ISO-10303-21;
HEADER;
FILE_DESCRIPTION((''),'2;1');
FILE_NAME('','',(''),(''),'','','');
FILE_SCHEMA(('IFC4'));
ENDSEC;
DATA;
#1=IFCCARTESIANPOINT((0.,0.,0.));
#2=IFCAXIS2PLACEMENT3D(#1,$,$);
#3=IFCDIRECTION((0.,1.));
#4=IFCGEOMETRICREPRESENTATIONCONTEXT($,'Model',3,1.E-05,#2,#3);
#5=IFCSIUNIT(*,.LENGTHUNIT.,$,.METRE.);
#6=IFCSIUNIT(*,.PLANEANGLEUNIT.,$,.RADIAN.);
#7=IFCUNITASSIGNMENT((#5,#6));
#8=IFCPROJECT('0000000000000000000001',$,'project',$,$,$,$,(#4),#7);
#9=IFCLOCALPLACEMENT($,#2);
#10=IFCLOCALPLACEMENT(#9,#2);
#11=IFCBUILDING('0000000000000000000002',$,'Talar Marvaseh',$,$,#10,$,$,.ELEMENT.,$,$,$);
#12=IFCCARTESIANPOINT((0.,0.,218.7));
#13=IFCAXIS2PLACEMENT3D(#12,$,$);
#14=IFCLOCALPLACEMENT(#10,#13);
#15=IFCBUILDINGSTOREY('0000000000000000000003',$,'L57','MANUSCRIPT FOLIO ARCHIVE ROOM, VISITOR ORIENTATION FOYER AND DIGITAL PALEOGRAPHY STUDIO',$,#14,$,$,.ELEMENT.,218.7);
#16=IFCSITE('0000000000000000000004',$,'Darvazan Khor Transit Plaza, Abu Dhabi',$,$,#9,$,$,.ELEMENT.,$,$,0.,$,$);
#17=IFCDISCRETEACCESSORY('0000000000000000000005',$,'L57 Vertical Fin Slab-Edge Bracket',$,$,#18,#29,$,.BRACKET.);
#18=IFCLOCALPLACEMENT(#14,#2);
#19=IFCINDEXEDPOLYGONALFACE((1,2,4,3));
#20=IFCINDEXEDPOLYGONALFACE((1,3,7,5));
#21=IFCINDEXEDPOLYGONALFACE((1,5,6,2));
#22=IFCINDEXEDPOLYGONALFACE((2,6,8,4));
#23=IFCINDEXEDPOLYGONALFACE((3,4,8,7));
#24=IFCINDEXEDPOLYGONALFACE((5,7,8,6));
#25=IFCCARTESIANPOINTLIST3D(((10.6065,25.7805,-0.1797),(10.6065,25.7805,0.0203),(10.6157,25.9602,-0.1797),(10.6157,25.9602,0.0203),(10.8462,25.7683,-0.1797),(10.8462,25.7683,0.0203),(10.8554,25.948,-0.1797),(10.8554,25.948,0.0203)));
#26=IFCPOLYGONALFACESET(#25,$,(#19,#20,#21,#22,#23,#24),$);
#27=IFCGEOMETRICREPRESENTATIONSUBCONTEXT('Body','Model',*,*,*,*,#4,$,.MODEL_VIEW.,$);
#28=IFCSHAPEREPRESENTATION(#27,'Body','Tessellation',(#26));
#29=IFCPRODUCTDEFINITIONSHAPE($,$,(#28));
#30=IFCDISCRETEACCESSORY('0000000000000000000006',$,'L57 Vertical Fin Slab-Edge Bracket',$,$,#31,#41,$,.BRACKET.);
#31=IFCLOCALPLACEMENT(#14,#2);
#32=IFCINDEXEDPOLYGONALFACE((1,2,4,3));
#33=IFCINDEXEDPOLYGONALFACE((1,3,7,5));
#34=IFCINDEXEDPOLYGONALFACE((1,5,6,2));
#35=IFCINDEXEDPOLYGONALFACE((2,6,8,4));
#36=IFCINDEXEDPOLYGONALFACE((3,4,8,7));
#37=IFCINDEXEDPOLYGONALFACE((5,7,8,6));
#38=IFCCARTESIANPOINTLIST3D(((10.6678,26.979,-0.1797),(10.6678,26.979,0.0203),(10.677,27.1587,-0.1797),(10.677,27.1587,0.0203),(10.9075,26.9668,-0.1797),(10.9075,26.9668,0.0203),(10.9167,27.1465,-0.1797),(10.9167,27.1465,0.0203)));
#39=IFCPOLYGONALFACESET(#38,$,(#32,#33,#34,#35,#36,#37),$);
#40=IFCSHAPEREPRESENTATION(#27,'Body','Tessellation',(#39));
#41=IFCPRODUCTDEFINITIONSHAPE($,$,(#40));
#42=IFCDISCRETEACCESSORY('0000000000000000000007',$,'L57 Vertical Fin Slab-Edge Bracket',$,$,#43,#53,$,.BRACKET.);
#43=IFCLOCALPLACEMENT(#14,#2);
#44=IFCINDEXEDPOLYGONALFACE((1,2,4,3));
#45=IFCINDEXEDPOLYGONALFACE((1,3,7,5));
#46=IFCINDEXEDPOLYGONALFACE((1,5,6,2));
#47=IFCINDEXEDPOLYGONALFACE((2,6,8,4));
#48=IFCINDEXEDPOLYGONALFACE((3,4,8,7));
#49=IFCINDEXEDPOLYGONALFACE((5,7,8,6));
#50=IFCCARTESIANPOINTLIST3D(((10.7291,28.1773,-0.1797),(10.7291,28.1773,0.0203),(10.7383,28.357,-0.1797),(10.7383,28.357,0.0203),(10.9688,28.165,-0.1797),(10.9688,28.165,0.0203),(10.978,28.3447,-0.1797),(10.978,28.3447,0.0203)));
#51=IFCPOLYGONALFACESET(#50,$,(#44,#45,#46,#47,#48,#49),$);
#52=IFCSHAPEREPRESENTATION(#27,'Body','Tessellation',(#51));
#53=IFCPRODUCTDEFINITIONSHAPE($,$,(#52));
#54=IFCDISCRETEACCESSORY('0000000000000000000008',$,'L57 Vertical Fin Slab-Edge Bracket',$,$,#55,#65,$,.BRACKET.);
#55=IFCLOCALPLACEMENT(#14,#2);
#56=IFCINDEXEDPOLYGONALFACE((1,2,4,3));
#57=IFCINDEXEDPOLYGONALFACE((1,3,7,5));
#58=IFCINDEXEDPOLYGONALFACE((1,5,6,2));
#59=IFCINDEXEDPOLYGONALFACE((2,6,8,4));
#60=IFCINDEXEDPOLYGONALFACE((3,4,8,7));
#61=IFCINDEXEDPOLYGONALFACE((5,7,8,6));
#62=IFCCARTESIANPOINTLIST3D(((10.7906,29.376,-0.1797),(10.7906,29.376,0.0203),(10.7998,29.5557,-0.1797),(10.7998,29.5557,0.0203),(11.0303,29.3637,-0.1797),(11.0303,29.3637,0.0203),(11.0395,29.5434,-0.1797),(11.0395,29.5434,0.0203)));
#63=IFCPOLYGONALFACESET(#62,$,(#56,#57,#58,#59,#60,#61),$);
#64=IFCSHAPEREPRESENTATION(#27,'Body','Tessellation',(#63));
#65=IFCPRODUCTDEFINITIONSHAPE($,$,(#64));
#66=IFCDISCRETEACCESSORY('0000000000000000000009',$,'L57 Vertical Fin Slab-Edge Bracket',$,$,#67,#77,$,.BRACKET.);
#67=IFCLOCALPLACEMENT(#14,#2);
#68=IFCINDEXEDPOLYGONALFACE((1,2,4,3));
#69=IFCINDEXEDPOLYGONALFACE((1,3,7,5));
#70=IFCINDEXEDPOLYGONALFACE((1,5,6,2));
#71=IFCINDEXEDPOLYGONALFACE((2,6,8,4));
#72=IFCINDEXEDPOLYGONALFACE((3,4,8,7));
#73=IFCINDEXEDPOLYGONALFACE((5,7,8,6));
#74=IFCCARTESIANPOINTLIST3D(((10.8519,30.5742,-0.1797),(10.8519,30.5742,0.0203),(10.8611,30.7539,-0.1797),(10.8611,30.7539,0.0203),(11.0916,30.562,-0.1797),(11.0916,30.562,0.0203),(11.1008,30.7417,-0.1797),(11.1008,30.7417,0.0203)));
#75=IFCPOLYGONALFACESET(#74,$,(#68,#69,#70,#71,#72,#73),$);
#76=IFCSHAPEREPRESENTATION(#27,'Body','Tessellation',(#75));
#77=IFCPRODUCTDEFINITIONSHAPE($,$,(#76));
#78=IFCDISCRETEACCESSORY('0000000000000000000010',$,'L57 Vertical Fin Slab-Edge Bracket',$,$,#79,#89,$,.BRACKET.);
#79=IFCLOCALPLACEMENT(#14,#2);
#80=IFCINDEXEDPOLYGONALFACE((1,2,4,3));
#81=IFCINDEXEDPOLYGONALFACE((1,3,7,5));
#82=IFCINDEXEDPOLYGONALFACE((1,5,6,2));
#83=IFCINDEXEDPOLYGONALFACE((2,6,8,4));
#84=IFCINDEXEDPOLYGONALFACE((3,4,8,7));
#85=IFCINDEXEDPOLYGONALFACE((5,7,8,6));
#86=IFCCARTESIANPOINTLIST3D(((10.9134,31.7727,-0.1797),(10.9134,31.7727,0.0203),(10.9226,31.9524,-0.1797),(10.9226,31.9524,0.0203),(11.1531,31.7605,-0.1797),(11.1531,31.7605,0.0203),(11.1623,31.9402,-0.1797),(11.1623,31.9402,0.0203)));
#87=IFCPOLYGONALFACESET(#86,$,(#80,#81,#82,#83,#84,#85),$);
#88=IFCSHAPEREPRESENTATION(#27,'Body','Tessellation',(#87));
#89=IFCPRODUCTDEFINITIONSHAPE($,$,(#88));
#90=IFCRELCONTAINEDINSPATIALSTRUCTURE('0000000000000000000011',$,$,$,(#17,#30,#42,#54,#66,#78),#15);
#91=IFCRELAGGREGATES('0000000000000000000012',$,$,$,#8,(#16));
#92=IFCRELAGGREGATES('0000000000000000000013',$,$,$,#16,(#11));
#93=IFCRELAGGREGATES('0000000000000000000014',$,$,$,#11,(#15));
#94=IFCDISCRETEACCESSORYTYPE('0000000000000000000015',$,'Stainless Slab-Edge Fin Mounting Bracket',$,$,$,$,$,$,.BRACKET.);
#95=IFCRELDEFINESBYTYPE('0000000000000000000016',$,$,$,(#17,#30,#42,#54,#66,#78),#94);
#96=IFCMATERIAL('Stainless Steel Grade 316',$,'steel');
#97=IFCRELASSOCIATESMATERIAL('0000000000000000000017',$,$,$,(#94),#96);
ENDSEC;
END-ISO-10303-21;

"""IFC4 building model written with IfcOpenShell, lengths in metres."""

from ifc_helpers import new_model, si_unit, direction, frame, origin, origin_2d, place, context, subcontext, project, spatial, rectangle, extrude, source, transform, mapped, material, type_object, type_shapes, element, save


model = new_model("IFC4")

# Units and contexts
model_context = context("Model", 3, precision=1e-05, world=origin(), true_north=direction((0.0, 1.0)))
body_context = subcontext(model_context, "Body", "Model", "MODEL_VIEW")
ifc_project = project(units=[si_unit("LENGTHUNIT", "METRE"), si_unit("PLANEANGLEUNIT", "RADIAN")], contexts=[model_context])

# Site, building, storey
site_placement = place(None, origin())
site = spatial("IfcSite", under=ifc_project, at=site_placement, Name="Darvazan Khor Transit Plaza, Abu Dhabi", CompositionType="ELEMENT", RefElevation=0.0)
building_placement = place(site_placement, origin())
building = spatial("IfcBuilding", under=site, at=building_placement, Name="Talar Marvaseh", CompositionType="ELEMENT")
storey_placement = place(building_placement, frame((0.0, 0.0, 218.7)))
storey = spatial("IfcBuildingStorey", under=building, at=storey_placement, Name="L57", Description="MANUSCRIPT FOLIO ARCHIVE ROOM, VISITOR ORIENTATION FOYER AND DIGITAL PALEOGRAPHY STUDIO", CompositionType="ELEMENT", Elevation=218.7)

# Shared definitions
ifc_material_1 = material(Name="Stainless Steel Grade 316", Category="steel")

# Discrete accessories
discrete_accessory_type = type_object("IfcDiscreteAccessoryType", Name="Stainless Slab-Edge Fin Mounting Bracket", PredefinedType="BRACKET", material=ifc_material_1)
shared_shape_1 = source(origin(), body_context, "Body", "SweptSolid", [
    extrude(rectangle(XDim=0.24, YDim=0.1799, at=origin_2d()), origin(), (0.0, 0.0, 1.0), 0.2),
])
type_shapes(discrete_accessory_type, [shared_shape_1])
for number, where, z_axis, x_axis, name in (
    (1, (10.731, 25.8643, -0.1797), (0.0, 0.0, 1.0), (-0.998693, 0.051116, 0.0), "L57 Vertical Fin Slab-Edge Bracket"),
    (2, (10.7922, 27.0627, -0.1797), (0.0, 0.0, 1.0), (-0.998693, 0.051116, 0.0), "L57 Vertical Fin Slab-Edge Bracket"),
    (3, (10.8535, 28.261, -0.1797), (0.0, 0.0, 1.0), (-0.998693, 0.051116, 0.0), "L57 Vertical Fin Slab-Edge Bracket"),
    (4, (10.915, 29.4597, -0.1797), (0.0, 0.0, 1.0), (-0.998693, 0.051116, 0.0), "L57 Vertical Fin Slab-Edge Bracket"),
    (5, (10.9763, 30.658, -0.1797), (0.0, 0.0, 1.0), (-0.998693, 0.051116, 0.0), "L57 Vertical Fin Slab-Edge Bracket"),
    (6, (11.0378, 31.8564, -0.1797), (0.0, 0.0, 1.0), (-0.998693, 0.051116, 0.0), "L57 Vertical Fin Slab-Edge Bracket"),
):
    element("IfcDiscreteAccessory", number, at=place(storey_placement, frame(where, z_axis=z_axis, x_axis=x_axis)), inside=storey, type_object=discrete_accessory_type, Name=name, PredefinedType="BRACKET", context=body_context, shape_type="MappedRepresentation", body=[
        mapped(shared_shape_1, transform((0.0, 0.0, 0.0), x_axis=(1.0, 0.0, 0.0), y_axis=(0.0, 1.0, 0.0), z_axis=(0.0, 0.0, 1.0), scale=1.0)),
    ])

save(model, "model.ifc")
